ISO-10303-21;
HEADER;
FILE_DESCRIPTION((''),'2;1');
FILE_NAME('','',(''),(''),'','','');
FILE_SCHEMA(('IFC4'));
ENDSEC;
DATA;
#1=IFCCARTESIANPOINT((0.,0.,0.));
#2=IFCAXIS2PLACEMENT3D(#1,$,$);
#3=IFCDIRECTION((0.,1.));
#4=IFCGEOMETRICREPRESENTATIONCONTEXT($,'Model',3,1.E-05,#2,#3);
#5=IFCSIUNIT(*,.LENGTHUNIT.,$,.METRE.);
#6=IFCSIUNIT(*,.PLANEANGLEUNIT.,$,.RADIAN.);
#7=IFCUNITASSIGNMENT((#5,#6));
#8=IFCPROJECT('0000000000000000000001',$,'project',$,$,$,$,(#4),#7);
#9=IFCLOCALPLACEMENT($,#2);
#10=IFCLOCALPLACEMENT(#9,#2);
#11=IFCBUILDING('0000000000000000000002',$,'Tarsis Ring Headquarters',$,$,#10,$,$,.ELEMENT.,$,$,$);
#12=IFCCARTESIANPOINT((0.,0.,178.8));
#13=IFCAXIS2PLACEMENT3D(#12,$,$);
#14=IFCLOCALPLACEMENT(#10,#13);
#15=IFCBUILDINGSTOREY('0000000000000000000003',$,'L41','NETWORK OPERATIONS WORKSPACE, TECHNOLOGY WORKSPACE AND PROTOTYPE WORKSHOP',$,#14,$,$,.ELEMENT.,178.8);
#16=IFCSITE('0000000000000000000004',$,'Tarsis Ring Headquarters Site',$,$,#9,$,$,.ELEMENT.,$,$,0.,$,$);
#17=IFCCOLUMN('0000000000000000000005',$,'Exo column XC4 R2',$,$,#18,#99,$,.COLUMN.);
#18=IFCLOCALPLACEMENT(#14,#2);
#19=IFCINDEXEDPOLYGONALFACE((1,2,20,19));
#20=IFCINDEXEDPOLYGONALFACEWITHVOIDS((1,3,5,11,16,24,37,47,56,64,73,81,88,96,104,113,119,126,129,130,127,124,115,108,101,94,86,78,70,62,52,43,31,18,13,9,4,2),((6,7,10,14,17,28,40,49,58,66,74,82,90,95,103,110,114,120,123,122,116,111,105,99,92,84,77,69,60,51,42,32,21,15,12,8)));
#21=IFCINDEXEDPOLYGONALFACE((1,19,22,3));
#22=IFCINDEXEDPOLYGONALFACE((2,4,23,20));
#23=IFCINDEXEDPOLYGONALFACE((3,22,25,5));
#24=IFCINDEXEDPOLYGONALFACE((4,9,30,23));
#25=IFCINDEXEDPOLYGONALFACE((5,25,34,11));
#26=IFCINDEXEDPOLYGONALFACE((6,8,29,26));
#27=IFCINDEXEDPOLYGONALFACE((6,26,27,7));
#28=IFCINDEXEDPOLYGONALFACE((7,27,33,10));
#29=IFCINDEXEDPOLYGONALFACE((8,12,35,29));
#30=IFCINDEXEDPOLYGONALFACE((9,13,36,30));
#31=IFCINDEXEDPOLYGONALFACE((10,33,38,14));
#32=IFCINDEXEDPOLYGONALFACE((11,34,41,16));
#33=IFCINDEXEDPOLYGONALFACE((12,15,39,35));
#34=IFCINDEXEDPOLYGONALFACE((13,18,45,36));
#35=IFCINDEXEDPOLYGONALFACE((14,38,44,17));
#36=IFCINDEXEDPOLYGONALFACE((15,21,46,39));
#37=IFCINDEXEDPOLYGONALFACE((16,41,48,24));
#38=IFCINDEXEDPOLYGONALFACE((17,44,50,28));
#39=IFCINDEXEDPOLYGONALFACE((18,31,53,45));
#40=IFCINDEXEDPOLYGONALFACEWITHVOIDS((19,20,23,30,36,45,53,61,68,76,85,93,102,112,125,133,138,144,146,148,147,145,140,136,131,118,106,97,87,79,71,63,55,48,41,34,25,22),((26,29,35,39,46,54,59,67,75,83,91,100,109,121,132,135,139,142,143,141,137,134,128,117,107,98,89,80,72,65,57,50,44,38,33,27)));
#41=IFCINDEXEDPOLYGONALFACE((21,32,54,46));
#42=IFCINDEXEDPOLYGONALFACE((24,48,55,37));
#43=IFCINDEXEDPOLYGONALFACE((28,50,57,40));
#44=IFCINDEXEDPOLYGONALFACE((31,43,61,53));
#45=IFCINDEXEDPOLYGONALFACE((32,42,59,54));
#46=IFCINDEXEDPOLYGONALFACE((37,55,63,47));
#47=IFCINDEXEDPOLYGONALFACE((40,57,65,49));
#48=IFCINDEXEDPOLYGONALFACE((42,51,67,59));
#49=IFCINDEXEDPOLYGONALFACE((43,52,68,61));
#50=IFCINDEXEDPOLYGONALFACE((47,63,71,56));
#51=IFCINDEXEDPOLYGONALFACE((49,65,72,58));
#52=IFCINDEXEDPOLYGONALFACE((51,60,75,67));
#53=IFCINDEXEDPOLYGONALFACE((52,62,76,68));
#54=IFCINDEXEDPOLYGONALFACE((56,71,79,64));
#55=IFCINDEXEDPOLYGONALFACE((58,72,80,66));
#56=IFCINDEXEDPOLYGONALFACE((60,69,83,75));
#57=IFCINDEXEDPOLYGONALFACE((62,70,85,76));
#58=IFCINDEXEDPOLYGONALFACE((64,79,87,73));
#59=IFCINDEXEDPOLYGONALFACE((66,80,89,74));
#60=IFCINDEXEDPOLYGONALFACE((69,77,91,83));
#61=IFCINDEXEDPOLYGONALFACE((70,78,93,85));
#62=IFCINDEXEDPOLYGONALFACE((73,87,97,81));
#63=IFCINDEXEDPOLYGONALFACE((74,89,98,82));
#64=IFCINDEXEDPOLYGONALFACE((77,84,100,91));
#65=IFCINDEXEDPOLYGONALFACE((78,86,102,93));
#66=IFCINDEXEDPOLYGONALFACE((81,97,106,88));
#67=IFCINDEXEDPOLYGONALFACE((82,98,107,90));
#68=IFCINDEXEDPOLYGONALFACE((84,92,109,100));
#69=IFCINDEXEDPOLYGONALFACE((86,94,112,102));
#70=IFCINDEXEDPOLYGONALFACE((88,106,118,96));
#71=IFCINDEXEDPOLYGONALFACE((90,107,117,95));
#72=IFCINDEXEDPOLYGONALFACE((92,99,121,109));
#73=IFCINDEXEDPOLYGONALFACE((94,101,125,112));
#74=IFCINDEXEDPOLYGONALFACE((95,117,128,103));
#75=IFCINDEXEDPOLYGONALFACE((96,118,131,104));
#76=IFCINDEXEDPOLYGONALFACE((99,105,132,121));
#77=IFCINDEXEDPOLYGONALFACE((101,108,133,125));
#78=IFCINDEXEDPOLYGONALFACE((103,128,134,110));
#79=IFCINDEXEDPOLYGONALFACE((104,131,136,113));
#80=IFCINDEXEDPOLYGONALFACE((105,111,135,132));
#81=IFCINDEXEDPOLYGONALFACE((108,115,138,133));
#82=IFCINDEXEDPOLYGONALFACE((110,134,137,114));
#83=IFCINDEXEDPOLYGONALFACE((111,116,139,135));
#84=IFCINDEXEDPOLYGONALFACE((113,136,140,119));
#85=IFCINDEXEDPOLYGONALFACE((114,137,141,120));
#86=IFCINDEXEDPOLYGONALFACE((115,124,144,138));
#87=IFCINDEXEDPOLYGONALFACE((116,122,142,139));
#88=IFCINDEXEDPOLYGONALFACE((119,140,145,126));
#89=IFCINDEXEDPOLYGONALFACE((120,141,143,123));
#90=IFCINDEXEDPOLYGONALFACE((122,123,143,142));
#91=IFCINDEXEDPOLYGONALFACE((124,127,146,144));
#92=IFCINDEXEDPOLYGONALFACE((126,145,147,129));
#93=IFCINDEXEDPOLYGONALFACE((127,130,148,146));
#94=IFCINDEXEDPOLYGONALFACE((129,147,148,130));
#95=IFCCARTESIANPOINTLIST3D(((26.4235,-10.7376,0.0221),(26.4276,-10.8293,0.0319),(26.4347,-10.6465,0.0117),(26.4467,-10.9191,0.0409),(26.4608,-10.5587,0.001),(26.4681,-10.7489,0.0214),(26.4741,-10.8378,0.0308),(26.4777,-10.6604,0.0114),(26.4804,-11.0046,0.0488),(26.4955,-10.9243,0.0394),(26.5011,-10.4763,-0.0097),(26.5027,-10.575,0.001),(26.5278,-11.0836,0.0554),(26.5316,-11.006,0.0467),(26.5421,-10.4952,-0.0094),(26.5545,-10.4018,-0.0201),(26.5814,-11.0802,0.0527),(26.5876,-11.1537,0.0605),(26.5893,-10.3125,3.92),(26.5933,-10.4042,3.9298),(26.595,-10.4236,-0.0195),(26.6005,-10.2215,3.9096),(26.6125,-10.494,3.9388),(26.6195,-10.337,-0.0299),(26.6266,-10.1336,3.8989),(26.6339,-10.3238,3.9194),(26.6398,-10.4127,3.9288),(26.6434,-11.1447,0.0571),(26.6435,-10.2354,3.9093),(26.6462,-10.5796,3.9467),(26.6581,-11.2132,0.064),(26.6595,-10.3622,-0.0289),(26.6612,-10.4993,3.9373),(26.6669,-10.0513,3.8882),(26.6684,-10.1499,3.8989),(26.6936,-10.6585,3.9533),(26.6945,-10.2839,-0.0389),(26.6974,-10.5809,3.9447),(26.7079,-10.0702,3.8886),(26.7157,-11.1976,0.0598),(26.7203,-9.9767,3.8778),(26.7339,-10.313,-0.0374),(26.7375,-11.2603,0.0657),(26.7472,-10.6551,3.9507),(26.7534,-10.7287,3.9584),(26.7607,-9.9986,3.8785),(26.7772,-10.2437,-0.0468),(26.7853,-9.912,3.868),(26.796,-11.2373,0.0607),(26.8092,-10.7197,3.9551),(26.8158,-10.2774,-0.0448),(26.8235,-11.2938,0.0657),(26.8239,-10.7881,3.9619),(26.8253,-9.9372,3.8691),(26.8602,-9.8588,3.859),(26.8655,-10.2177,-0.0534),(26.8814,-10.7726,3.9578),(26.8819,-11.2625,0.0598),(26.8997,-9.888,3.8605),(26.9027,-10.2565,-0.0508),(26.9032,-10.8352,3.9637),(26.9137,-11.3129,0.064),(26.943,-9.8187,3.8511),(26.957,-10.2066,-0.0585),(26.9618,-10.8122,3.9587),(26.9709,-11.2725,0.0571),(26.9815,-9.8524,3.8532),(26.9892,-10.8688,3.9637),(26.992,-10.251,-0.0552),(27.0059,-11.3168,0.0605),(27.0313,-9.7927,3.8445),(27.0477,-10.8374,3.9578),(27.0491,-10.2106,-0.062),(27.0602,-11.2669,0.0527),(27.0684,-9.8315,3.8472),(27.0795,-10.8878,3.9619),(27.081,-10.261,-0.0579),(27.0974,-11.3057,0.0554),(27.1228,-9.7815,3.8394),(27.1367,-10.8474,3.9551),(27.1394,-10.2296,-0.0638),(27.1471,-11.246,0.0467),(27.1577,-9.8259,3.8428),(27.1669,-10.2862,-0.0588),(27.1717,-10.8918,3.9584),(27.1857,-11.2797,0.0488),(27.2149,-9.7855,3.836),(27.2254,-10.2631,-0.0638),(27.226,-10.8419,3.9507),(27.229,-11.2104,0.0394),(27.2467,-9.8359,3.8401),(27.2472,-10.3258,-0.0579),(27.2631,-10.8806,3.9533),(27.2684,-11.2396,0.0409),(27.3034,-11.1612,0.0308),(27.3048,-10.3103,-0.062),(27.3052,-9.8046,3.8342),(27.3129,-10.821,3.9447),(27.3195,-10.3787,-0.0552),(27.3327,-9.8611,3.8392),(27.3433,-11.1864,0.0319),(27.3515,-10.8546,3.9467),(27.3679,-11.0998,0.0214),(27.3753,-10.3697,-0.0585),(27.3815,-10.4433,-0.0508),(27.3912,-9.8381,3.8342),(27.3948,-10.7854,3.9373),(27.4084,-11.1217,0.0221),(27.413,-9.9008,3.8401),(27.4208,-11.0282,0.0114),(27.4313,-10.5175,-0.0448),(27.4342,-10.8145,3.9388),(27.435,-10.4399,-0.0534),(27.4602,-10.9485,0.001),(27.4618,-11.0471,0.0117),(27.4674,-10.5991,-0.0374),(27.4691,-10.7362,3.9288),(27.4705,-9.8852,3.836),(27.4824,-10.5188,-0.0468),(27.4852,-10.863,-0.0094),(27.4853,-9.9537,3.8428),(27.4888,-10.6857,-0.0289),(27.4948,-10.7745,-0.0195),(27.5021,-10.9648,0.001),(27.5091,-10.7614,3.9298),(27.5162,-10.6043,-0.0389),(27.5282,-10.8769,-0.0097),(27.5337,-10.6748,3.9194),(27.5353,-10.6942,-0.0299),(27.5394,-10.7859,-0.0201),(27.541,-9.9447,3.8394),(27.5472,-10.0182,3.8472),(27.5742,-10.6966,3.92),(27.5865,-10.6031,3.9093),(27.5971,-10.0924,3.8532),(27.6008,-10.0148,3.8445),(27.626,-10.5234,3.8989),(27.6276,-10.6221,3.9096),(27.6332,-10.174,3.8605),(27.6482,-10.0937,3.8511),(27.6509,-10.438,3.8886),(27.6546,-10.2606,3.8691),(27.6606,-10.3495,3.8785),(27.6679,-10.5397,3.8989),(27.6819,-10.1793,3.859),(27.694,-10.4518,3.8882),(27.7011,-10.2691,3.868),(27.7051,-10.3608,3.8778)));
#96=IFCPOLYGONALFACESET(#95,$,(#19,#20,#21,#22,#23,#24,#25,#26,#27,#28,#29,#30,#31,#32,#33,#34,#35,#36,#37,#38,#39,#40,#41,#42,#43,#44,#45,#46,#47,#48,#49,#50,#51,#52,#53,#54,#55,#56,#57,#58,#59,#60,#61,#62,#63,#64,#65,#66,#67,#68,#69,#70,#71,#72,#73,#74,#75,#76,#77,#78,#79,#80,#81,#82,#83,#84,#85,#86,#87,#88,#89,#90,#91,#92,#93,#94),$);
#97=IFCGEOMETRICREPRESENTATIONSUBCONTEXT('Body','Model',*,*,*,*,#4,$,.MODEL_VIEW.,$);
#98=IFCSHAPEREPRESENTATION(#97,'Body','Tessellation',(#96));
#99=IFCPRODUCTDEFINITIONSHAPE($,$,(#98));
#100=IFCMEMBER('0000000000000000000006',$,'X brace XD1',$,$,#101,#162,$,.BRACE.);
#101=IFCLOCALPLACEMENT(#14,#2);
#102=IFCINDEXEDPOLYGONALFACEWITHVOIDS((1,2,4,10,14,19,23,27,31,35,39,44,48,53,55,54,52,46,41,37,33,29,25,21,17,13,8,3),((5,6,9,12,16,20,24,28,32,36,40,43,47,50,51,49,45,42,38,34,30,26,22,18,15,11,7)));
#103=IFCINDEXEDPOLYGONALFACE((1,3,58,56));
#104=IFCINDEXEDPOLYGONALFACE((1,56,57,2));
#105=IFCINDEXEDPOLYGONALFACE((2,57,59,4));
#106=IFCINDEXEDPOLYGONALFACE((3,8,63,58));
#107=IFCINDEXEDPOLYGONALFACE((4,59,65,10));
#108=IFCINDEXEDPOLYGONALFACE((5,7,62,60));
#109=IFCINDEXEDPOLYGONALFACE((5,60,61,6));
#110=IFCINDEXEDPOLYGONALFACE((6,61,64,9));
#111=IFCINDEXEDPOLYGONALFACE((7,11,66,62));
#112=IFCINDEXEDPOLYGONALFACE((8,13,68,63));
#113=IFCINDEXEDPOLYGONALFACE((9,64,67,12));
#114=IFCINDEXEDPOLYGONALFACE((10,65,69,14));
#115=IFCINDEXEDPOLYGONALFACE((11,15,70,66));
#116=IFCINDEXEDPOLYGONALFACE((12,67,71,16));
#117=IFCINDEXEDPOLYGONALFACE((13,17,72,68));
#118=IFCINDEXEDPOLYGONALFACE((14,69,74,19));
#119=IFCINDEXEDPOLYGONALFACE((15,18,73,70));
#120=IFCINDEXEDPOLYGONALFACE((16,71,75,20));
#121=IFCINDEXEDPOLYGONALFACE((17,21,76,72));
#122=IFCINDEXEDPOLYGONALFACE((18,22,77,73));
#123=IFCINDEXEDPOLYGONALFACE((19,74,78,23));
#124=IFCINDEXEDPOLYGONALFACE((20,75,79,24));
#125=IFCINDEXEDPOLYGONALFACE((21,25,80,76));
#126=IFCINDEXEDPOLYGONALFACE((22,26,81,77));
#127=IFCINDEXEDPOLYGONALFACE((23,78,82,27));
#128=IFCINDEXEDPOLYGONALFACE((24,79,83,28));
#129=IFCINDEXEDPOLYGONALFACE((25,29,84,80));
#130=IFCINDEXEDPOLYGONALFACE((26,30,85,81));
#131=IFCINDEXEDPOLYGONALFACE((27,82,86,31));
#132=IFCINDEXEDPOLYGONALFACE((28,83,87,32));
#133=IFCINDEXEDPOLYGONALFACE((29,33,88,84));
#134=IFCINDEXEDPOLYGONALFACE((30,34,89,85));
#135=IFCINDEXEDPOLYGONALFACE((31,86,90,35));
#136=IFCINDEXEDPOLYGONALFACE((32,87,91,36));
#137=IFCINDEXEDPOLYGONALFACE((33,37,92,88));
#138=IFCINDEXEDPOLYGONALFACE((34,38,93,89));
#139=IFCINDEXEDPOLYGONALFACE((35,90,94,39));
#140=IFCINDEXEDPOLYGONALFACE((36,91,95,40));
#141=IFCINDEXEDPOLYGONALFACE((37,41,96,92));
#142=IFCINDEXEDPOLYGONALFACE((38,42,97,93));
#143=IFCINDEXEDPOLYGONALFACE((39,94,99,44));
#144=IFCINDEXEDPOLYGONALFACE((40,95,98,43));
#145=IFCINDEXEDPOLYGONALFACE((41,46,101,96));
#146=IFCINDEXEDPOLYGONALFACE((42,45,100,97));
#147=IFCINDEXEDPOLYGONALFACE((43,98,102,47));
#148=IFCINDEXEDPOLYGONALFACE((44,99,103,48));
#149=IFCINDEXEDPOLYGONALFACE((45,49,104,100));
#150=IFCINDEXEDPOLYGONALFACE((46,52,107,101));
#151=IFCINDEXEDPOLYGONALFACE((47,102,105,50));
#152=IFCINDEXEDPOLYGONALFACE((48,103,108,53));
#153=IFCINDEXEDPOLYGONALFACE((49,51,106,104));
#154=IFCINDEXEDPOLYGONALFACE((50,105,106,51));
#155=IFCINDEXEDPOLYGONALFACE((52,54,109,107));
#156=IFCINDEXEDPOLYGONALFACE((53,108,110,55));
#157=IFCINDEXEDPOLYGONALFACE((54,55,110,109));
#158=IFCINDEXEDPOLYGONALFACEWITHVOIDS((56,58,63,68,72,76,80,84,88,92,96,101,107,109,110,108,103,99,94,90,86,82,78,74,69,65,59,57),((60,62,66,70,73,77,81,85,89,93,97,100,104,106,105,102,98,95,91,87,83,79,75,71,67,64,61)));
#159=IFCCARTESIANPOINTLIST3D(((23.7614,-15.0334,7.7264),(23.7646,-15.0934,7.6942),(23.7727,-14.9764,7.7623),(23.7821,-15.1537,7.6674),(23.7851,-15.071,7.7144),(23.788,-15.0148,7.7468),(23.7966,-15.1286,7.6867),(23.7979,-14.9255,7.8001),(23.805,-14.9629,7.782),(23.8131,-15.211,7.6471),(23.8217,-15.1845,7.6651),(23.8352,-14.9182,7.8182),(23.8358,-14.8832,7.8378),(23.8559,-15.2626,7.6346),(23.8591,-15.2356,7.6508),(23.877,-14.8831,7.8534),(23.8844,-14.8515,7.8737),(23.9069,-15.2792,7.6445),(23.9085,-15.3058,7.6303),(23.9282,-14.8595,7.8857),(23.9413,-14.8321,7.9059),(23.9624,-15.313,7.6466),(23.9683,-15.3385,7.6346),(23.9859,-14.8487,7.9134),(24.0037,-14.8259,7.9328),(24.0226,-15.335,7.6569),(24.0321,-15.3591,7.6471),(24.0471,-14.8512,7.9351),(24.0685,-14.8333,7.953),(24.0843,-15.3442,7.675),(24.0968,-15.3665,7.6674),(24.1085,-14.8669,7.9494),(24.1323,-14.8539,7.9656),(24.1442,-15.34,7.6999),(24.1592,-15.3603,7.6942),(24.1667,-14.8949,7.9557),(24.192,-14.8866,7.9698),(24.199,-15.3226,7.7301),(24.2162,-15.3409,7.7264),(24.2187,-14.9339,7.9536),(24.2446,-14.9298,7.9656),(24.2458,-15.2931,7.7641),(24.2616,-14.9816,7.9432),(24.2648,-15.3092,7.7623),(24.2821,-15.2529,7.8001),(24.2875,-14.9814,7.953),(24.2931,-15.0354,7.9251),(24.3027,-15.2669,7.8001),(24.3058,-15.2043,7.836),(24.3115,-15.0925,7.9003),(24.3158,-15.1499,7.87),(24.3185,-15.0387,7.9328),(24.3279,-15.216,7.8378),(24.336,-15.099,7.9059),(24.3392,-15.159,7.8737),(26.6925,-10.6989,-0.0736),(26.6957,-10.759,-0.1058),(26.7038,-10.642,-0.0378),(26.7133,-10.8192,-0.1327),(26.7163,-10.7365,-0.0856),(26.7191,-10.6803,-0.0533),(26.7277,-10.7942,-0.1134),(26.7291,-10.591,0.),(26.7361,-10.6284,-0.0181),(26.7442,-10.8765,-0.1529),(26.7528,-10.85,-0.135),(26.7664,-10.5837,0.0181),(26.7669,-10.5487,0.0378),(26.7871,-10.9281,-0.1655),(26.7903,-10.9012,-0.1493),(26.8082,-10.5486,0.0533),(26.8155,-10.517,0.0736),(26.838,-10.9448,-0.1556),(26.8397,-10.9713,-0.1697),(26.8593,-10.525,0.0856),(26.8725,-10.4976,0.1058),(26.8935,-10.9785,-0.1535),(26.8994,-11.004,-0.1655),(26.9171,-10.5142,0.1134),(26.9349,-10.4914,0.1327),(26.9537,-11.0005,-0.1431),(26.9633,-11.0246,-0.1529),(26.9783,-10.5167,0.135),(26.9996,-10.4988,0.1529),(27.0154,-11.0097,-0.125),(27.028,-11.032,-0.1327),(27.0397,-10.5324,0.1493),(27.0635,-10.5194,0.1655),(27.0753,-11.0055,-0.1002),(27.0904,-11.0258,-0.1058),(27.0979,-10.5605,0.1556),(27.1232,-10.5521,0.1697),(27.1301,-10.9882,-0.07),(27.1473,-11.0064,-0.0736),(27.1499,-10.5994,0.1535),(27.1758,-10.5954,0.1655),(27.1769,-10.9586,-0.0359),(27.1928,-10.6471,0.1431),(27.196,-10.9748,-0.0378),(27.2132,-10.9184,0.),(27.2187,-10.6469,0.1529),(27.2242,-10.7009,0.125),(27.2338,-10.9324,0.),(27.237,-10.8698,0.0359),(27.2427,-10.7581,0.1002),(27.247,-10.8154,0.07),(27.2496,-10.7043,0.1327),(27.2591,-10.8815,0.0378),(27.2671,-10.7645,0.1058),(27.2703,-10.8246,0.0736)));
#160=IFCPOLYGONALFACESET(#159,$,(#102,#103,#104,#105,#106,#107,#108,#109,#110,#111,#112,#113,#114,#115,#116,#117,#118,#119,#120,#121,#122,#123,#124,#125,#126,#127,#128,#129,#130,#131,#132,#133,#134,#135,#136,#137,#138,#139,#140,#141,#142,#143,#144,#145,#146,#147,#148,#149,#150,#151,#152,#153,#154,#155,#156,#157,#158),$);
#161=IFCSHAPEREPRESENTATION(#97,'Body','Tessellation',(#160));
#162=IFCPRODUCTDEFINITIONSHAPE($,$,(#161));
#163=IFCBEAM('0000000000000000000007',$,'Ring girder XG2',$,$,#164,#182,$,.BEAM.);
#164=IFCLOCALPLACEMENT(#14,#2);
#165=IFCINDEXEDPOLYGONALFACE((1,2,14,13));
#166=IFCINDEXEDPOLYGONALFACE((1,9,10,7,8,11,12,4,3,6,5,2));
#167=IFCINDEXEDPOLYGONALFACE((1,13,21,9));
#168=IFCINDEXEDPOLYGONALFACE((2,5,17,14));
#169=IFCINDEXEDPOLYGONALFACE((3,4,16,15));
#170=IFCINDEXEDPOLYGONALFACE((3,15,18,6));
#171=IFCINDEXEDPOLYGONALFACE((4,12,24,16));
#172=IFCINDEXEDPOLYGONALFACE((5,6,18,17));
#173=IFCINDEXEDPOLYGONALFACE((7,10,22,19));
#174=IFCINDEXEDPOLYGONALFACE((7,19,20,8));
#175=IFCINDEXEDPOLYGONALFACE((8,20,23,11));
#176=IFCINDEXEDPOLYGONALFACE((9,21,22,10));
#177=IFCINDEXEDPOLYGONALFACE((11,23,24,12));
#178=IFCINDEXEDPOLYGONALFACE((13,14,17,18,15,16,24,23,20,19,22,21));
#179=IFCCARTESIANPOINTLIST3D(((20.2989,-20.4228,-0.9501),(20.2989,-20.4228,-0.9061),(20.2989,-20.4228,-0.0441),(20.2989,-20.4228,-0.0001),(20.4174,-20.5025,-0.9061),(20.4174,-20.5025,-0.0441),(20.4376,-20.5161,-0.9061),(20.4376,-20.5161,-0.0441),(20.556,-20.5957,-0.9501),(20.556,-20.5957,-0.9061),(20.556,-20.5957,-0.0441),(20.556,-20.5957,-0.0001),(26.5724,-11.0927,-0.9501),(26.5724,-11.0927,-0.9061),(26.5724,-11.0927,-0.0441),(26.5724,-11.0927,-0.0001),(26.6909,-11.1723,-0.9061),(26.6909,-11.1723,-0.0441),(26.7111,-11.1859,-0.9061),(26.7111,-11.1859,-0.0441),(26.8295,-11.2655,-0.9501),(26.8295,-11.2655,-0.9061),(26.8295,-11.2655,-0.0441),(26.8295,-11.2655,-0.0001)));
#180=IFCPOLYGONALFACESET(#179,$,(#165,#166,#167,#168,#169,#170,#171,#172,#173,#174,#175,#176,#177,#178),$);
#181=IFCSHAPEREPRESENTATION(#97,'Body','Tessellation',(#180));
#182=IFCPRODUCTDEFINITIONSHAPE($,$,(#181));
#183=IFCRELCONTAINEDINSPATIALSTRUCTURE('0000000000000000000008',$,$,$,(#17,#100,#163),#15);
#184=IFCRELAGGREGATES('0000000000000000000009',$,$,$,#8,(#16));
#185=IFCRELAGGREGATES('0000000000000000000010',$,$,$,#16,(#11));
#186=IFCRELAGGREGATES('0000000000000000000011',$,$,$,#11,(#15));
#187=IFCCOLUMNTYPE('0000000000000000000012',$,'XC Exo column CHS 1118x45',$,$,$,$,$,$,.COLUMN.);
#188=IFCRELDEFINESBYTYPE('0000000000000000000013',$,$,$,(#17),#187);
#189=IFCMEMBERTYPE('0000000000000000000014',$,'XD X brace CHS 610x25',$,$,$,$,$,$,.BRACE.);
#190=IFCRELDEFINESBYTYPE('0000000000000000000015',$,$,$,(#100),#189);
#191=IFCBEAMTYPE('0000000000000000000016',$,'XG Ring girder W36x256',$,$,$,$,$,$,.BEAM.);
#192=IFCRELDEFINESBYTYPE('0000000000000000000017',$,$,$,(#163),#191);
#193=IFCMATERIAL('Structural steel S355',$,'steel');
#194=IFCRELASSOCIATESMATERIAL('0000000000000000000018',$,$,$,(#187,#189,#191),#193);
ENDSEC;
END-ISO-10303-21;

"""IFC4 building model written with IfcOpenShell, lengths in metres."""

from ifc_helpers import new_model, si_unit, direction, frame, origin, origin_2d, place, context, subcontext, project, spatial, hollow_circle, i_section, extrude, material, material_profile, profile_set, type_object, element, save


model = new_model("IFC4")

# Units and contexts
model_context = context("Model", 3, precision=1e-05, world=origin(), true_north=direction((0.0, 1.0)))
body_context = subcontext(model_context, "Body", "Model", "MODEL_VIEW")
ifc_project = project(units=[si_unit("LENGTHUNIT", "METRE"), si_unit("PLANEANGLEUNIT", "RADIAN")], contexts=[model_context])

# Site, building, storey
site_placement = place(None, origin())
site = spatial("IfcSite", under=ifc_project, at=site_placement, Name="Tarsis Ring Headquarters Site", CompositionType="ELEMENT", RefElevation=0.0)
building_placement = place(site_placement, origin())
building = spatial("IfcBuilding", under=site, at=building_placement, Name="Tarsis Ring Headquarters", CompositionType="ELEMENT")
storey_placement = place(building_placement, frame((0.0, 0.0, 178.8)))
storey = spatial("IfcBuildingStorey", under=building, at=storey_placement, Name="L41", Description="NETWORK OPERATIONS WORKSPACE, TECHNOLOGY WORKSPACE AND PROTOTYPE WORKSHOP", CompositionType="ELEMENT", Elevation=178.8)

# Column
ifc_material_1 = material(Name="Structural steel S355", Category="steel")
ifc_material_profile_1 = material_profile(ifc_material_1, hollow_circle(Radius=0.5588, WallThickness=0.0449, at=origin_2d()), Name="CHS 1118x45")
ifc_profile_set_1 = profile_set([ifc_material_profile_1], Name="Structural steel S355")
column_type = type_object("IfcColumnType", Name="XC Exo column CHS 1118x45", PredefinedType="COLUMN", material=ifc_profile_set_1)
column_placement = place(storey_placement, frame((26.9814, -10.7617, 0.001), z_axis=(0.04224, 0.108305, 0.99322), x_axis=(-0.931653, 0.36335, 0.0)))
element("IfcColumn", 1, at=column_placement, inside=storey, type_object=column_type, Name="Exo column XC4 R2", PredefinedType="COLUMN", context=body_context, shape_type="SweptSolid", body=[
    extrude(hollow_circle(Radius=0.5588, WallThickness=0.0449, at=origin_2d()), origin(), (0.0, 0.0, 1.0), 3.9246),
])

# Member
ifc_material_profile_2 = material_profile(ifc_material_1, hollow_circle(Radius=0.3047, WallThickness=0.0249, at=origin_2d()), Name="CHS 610x25")
ifc_profile_set_2 = profile_set([ifc_material_profile_2], Name="Structural steel S355")
member_type = type_object("IfcMemberType", Name="XD X brace CHS 610x25", PredefinedType="BRACE", material=ifc_profile_set_2)
member_placement = place(storey_placement, frame((26.9814, -10.7617, 0.0), z_axis=(-0.312072, -0.46148, 0.83045), x_axis=(0.828371, -0.560179, 0.0)))
element("IfcMember", 2, at=member_placement, inside=storey, type_object=member_type, Name="X brace XD1", PredefinedType="BRACE", context=body_context, shape_type="SweptSolid", body=[
    extrude(hollow_circle(Radius=0.3047, WallThickness=0.0249, at=origin_2d()), origin(), (0.0, 0.0, 1.0), 9.3926),
])

# Beam
ifc_material_profile_3 = material_profile(ifc_material_1, i_section(OverallWidth=0.3098, OverallDepth=0.95, WebThickness=0.0244, FlangeThickness=0.0439, at=origin_2d()), Name="W36x256")
ifc_profile_set_3 = profile_set([ifc_material_profile_3], Name="Structural steel S355")
beam_type = type_object("IfcBeamType", Name="XG Ring girder W36x256", PredefinedType="BEAM", material=ifc_profile_set_3)
beam_1_placement = place(storey_placement, frame((20.4275, -20.5093, -0.4751), z_axis=(0.557983, 0.829852, 0.0), x_axis=(-0.829852, 0.557983, 0.0)))
element("IfcBeam", 3, at=beam_1_placement, inside=storey, type_object=beam_type, Name="Ring girder XG2", PredefinedType="BEAM", context=body_context, shape_type="SweptSolid", body=[
    extrude(i_section(OverallWidth=0.3098, OverallDepth=0.95, WebThickness=0.0244, FlangeThickness=0.0439, at=origin_2d()), origin(), (0.0, 0.0, 1.0), 11.2432),
])

save(model, "model.ifc")
